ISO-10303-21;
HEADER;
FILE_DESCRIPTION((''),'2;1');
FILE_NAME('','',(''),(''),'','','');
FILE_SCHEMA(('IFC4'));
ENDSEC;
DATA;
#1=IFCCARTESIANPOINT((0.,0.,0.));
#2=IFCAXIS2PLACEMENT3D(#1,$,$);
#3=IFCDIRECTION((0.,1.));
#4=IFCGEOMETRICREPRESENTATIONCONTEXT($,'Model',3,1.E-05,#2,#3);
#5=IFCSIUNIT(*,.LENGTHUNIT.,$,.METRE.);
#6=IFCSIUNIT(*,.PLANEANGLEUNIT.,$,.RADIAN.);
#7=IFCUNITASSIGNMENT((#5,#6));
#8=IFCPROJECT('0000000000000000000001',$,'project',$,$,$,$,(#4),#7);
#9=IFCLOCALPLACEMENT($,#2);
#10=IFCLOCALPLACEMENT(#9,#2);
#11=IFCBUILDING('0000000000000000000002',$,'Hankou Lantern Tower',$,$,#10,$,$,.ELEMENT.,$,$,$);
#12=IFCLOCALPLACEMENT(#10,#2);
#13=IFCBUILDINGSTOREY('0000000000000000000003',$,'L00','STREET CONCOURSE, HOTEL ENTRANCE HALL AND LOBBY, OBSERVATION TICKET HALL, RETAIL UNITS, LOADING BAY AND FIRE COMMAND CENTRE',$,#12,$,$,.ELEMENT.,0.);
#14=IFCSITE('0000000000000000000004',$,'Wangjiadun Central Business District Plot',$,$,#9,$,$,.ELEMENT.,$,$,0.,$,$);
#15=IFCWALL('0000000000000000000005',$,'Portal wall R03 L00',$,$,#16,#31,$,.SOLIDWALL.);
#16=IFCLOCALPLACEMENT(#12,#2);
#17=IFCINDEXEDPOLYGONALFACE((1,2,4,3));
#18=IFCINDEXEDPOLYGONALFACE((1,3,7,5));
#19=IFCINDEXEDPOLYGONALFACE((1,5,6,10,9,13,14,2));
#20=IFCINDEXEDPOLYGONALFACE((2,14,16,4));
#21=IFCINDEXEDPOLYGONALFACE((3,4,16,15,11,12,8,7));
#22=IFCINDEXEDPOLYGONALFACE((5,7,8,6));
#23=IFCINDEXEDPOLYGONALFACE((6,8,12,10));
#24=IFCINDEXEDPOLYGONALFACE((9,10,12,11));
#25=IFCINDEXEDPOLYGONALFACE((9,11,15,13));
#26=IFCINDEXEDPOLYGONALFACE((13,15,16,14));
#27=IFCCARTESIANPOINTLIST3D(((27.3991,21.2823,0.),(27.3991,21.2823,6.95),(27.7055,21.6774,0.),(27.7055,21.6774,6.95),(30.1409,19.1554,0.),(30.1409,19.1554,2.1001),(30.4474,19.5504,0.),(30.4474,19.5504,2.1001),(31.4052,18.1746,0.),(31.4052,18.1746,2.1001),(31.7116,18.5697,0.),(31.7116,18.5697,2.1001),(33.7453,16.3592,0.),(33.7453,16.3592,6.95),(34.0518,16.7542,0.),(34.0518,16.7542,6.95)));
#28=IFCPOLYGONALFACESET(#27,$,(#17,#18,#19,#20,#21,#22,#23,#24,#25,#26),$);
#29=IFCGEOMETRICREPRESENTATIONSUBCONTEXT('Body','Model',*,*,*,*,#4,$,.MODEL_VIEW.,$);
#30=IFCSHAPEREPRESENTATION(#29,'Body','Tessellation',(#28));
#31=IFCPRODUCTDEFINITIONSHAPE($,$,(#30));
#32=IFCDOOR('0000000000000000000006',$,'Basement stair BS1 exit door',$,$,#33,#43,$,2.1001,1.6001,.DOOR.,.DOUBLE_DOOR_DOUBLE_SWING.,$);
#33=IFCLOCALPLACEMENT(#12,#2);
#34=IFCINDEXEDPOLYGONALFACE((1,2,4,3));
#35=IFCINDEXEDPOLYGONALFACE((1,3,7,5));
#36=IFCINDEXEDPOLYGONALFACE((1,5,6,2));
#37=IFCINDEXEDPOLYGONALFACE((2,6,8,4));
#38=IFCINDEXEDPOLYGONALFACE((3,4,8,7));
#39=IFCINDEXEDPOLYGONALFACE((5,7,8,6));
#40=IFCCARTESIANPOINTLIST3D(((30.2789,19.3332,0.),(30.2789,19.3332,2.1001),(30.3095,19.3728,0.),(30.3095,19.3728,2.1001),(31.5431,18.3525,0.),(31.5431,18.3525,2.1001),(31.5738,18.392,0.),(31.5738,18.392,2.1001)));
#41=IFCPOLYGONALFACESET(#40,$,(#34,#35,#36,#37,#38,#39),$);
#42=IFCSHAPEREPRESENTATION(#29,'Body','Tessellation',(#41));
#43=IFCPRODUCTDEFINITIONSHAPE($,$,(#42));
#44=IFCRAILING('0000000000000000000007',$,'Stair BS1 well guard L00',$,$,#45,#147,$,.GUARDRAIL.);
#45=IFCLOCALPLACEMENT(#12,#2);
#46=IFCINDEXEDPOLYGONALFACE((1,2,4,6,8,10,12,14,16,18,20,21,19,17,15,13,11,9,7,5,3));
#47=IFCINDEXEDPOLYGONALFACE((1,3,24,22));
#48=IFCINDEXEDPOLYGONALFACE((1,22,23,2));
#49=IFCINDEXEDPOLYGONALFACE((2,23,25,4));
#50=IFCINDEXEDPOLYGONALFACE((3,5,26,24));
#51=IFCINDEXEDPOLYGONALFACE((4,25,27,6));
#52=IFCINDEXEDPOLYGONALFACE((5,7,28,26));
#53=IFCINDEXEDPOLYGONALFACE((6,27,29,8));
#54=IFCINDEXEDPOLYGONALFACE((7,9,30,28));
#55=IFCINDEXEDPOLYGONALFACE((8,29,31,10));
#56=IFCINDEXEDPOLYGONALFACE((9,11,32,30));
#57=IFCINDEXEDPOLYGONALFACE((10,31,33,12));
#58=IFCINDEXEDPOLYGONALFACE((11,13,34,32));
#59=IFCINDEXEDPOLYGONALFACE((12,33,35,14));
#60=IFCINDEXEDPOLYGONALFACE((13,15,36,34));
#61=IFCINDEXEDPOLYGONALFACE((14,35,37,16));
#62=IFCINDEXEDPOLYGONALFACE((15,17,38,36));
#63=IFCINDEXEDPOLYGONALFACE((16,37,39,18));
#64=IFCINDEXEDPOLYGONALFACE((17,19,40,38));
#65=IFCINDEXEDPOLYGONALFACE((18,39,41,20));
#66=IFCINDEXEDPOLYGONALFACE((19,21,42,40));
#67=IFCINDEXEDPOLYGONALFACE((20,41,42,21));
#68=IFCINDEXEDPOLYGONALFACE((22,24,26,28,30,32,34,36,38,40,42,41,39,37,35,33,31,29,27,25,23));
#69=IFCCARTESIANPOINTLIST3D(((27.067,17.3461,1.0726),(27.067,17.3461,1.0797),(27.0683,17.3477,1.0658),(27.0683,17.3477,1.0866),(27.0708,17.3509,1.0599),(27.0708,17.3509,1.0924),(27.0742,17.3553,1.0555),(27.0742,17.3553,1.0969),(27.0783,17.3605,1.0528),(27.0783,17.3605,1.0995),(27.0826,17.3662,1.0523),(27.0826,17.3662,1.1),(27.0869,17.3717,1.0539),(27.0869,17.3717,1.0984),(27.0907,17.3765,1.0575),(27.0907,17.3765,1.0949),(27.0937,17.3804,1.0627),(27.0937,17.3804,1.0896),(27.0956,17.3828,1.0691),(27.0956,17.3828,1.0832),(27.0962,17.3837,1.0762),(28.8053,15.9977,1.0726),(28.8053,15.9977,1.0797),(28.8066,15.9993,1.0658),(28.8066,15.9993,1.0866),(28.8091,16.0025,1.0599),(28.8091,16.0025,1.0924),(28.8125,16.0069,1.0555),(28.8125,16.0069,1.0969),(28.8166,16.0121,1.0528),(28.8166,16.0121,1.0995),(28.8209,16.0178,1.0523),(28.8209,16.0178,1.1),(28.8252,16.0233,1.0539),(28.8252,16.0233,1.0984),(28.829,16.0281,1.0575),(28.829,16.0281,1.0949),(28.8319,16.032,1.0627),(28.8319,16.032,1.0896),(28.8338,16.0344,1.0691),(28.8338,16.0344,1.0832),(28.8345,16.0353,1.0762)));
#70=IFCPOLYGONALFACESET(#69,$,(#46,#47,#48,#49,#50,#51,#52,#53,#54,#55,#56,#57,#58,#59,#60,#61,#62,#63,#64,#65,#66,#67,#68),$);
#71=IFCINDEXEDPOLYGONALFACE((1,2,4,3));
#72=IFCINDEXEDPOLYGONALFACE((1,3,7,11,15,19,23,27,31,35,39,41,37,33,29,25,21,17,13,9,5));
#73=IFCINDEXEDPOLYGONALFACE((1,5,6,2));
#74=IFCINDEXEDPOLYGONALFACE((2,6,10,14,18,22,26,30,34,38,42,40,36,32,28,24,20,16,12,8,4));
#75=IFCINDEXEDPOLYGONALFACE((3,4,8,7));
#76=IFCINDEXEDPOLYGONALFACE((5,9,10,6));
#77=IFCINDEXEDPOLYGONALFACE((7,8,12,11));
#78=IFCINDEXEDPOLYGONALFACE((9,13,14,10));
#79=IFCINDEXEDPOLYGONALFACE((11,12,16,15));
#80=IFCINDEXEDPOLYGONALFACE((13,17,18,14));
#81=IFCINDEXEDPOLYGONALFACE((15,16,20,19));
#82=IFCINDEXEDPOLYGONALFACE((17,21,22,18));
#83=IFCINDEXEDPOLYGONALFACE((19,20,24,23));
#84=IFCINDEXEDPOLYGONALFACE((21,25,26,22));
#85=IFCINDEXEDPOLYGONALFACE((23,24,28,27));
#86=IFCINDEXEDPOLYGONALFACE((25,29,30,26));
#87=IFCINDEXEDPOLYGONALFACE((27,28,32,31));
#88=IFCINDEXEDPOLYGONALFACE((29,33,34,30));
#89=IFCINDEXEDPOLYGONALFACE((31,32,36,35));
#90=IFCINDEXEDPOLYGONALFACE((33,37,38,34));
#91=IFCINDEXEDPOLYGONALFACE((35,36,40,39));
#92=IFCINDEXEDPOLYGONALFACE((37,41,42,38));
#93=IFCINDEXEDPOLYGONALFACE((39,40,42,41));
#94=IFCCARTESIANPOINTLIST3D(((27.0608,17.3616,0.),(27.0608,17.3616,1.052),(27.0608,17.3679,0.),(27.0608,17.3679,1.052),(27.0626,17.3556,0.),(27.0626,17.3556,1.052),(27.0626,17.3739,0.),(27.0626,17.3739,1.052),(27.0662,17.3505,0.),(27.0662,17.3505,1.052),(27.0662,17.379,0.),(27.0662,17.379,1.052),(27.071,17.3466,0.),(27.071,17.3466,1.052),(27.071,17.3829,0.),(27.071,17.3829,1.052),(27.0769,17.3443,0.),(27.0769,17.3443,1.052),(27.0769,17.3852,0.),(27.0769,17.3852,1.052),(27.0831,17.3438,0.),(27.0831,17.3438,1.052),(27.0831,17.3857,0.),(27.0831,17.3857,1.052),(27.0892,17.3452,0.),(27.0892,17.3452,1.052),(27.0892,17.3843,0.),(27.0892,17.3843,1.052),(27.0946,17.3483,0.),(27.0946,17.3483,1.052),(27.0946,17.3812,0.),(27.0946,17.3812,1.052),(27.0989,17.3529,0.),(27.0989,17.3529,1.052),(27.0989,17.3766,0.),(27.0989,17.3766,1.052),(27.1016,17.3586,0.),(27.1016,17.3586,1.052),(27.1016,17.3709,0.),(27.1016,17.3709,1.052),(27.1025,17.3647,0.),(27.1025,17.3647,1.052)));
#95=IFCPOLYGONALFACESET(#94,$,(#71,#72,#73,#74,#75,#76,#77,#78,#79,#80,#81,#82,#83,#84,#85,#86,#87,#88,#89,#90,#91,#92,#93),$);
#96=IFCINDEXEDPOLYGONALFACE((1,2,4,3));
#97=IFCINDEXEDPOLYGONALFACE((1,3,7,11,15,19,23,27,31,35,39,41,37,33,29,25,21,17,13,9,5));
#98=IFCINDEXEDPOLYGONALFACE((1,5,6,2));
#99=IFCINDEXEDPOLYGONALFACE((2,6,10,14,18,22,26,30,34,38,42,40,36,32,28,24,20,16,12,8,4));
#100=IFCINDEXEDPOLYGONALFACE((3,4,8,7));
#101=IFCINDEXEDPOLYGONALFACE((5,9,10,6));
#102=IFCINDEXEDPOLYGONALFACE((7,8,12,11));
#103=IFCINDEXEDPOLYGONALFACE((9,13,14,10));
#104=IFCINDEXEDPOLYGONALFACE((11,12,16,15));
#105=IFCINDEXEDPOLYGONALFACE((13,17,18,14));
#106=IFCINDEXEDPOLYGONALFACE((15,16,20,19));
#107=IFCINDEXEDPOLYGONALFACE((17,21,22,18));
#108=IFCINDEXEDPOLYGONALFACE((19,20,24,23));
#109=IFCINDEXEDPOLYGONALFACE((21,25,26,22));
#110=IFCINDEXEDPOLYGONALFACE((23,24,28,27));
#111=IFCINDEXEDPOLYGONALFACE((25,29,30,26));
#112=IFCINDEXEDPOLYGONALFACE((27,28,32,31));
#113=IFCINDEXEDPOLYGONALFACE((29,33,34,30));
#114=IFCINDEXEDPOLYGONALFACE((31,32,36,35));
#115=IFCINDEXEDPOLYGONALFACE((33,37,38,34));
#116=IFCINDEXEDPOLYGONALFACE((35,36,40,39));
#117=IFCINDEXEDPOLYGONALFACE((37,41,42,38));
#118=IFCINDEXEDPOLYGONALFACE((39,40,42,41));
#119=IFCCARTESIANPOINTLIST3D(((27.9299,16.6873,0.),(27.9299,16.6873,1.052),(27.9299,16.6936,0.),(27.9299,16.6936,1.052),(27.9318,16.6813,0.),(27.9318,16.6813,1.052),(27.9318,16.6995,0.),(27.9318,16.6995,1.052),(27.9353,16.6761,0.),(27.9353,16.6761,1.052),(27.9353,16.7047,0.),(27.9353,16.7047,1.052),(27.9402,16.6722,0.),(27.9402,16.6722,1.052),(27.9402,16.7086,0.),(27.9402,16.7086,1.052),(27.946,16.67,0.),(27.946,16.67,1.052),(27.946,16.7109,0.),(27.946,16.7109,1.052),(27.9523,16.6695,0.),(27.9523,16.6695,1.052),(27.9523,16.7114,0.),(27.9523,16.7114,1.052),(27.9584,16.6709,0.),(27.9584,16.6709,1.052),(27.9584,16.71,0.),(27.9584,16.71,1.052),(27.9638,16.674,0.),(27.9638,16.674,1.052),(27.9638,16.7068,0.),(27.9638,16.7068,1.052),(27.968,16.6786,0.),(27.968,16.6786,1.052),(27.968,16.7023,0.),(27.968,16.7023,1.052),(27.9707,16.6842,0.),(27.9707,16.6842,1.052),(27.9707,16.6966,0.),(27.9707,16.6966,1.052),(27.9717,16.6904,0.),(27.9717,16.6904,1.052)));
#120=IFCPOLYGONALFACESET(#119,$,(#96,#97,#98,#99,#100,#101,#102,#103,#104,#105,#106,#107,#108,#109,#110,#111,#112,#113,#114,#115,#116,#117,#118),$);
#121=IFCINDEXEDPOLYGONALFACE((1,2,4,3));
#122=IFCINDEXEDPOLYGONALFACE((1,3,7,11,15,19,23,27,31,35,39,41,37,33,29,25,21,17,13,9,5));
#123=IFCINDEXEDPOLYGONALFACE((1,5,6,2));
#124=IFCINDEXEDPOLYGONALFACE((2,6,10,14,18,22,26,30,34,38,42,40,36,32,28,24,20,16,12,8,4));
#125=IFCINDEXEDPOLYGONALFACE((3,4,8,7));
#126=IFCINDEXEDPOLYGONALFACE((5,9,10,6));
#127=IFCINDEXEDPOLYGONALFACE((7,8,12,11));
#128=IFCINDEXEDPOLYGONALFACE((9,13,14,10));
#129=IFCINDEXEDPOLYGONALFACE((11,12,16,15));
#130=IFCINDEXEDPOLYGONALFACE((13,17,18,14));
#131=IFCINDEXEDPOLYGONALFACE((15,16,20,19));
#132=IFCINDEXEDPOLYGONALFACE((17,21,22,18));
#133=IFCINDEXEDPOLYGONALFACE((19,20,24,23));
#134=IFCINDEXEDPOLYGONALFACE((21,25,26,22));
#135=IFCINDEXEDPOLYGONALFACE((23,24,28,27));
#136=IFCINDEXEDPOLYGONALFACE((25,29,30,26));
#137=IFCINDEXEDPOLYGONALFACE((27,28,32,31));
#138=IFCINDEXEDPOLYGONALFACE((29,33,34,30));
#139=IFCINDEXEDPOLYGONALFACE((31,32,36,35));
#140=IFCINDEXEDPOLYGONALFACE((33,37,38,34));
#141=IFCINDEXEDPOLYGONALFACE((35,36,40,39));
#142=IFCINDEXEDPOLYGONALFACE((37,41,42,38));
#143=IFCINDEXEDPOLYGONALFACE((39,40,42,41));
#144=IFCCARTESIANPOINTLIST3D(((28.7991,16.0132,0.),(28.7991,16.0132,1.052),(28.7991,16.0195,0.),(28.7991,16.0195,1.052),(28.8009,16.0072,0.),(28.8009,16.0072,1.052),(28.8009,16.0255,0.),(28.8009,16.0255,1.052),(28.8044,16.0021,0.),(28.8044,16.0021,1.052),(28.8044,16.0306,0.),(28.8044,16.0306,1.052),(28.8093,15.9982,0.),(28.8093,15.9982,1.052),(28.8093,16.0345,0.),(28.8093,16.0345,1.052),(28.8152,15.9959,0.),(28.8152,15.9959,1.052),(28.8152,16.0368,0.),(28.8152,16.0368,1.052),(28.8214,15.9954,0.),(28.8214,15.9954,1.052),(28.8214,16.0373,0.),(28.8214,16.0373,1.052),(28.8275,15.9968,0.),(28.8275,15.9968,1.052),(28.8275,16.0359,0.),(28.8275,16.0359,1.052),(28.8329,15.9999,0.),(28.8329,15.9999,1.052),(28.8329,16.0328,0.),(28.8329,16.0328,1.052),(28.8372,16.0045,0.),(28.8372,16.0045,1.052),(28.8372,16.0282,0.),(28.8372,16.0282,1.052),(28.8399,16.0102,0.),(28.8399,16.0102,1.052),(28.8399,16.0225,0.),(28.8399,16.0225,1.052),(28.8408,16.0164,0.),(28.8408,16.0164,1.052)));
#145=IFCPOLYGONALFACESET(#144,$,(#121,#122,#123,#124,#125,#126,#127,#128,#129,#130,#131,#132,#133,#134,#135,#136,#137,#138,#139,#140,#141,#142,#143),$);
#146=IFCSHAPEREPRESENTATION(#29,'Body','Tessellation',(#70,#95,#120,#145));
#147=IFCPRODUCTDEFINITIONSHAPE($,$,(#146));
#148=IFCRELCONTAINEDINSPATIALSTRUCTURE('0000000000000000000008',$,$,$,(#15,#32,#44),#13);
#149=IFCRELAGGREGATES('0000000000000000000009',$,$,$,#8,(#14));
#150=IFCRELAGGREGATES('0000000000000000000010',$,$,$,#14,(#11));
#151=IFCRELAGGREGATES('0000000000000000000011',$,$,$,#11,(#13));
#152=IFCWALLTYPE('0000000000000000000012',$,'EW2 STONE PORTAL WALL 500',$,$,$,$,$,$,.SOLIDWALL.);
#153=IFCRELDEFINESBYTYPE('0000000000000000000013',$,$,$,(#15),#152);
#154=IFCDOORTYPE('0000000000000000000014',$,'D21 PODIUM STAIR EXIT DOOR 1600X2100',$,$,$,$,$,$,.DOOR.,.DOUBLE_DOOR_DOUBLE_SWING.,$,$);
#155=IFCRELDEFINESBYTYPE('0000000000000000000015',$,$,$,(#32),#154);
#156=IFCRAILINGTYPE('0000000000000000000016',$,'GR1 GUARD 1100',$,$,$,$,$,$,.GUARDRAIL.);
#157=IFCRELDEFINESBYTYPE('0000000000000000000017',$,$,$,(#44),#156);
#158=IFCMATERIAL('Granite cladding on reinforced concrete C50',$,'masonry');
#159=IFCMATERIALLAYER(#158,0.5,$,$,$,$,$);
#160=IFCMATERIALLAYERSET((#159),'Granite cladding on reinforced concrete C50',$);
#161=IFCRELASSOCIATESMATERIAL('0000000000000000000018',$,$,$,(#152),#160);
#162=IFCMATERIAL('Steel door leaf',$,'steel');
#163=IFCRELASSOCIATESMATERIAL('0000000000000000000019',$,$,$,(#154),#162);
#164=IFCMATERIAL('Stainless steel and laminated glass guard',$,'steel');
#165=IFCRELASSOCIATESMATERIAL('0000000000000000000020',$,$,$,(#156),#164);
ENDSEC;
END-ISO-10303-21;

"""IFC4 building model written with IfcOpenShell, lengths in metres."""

from ifc_helpers import new_model, si_unit, direction, frame, frame_2d, origin, origin_2d, place, context, subcontext, project, spatial, rectangle, circle, extrude, material, layer, layer_set, type_object, element, fill, save


model = new_model("IFC4")

# Units and contexts
model_context = context("Model", 3, precision=1e-05, world=origin(), true_north=direction((0.0, 1.0)))
body_context = subcontext(model_context, "Body", "Model", "MODEL_VIEW")
ifc_project = project(units=[si_unit("LENGTHUNIT", "METRE"), si_unit("PLANEANGLEUNIT", "RADIAN")], contexts=[model_context])

# Site, building, storey
site_placement = place(None, origin())
site = spatial("IfcSite", under=ifc_project, at=site_placement, Name="Wangjiadun Central Business District Plot", CompositionType="ELEMENT", RefElevation=0.0)
building_placement = place(site_placement, origin())
building = spatial("IfcBuilding", under=site, at=building_placement, Name="Hankou Lantern Tower", CompositionType="ELEMENT")
storey_placement = place(building_placement, origin())
storey = spatial("IfcBuildingStorey", under=building, at=storey_placement, Name="L00", Description="STREET CONCOURSE, HOTEL ENTRANCE HALL AND LOBBY, OBSERVATION TICKET HALL, RETAIL UNITS, LOADING BAY AND FIRE COMMAND CENTRE", CompositionType="ELEMENT", Elevation=0.0)

# Wall, opening, door
ifc_material_1 = material(Name="Granite cladding on reinforced concrete C50", Category="masonry")
ifc_layer_1 = layer(ifc_material_1, 0.5)
ifc_layer_set_1 = layer_set([ifc_layer_1], Name="Granite cladding on reinforced concrete C50")
wall_type_1 = type_object("IfcWallType", Name="EW2 STONE PORTAL WALL 500", PredefinedType="SOLIDWALL", material=ifc_layer_set_1)
wall_1_placement = place(storey_placement, frame((33.8987, 16.5566, 0.0), z_axis=(0.0, 0.0, 1.0), x_axis=(-0.790126, 0.612945, 0.0)))
wall_1 = element("IfcWall", 1, at=wall_1_placement, inside=storey, type_object=wall_type_1, Name="Portal wall R03 L00", PredefinedType="SOLIDWALL", context=body_context, shape_type="SweptSolid", body=[
    extrude(rectangle(XDim=8.032, YDim=0.5, at=frame_2d((4.0161, 0.0))), origin(), (0.0, 0.0, 1.0), 6.95),
])
opening_placement = place(wall_1_placement, frame((2.9619, 0.0, 0.0)))
opening = element("IfcOpeningElement", 2, at=opening_placement, cuts=wall_1, PredefinedType="OPENING", context=body_context, shape_type="SweptSolid", body=[
    extrude(rectangle(XDim=1.6001, YDim=2.1001, at=frame_2d((0.8, 1.05))), frame((0.0, 0.26, 0.0), z_axis=(0.0, -1.0, 0.0), x_axis=(1.0, 0.0, 0.0)), (0.0, 0.0, 1.0), 0.52),
])
ifc_material_2 = material(Name="Steel door leaf", Category="steel")
door_type = type_object("IfcDoorType", Name="D21 PODIUM STAIR EXIT DOOR 1600X2100", OperationType="DOUBLE_DOOR_DOUBLE_SWING", PredefinedType="DOOR", material=ifc_material_2)
door_placement = place(opening_placement, origin())
door = element("IfcDoor", 3, at=door_placement, inside=storey, type_object=door_type, Name="Basement stair BS1 exit door", OperationType="DOUBLE_DOOR_DOUBLE_SWING", OverallHeight=2.1001, OverallWidth=1.6001, PredefinedType="DOOR", context=body_context, shape_type="SweptSolid", body=[
    extrude(rectangle(XDim=1.6001, YDim=2.1001, at=frame_2d((0.8, 1.05))), frame((0.0, 0.0249, 0.0), z_axis=(0.0, -1.0, 0.0), x_axis=(1.0, 0.0, 0.0)), (0.0, 0.0, 1.0), 0.05),
])
fill(opening, door)

# Railing
ifc_material_3 = material(Name="Stainless steel and laminated glass guard", Category="steel")
railing_type_1 = type_object("IfcRailingType", Name="GR1 GUARD 1100", PredefinedType="GUARDRAIL", material=ifc_material_3)
railing_1_placement = place(storey_placement, frame((27.0815, 17.3647, 0.0)))
element("IfcRailing", 4, at=railing_1_placement, inside=storey, type_object=railing_type_1, Name="Stair BS1 well guard L00", PredefinedType="GUARDRAIL", context=body_context, shape_type="SweptSolid", body=[
    extrude(circle(Radius=0.0239, at=origin_2d()), frame((0.0, 0.0, 1.0762), z_axis=(0.790146, -0.612918, 0.0), x_axis=(0.612918, 0.790146, 0.0)), (0.0, 0.0, 1.0), 2.2),
    extrude(circle(Radius=0.021, at=origin_2d()), origin(), (0.0, 0.0, 1.0), 1.052),
    extrude(circle(Radius=0.021, at=origin_2d()), frame((0.8691, -0.6743, 0.0)), (0.0, 0.0, 1.0), 1.052),
    extrude(circle(Radius=0.021, at=origin_2d()), frame((1.7383, -1.3484, 0.0)), (0.0, 0.0, 1.0), 1.052),
])

save(model, "model.ifc")
